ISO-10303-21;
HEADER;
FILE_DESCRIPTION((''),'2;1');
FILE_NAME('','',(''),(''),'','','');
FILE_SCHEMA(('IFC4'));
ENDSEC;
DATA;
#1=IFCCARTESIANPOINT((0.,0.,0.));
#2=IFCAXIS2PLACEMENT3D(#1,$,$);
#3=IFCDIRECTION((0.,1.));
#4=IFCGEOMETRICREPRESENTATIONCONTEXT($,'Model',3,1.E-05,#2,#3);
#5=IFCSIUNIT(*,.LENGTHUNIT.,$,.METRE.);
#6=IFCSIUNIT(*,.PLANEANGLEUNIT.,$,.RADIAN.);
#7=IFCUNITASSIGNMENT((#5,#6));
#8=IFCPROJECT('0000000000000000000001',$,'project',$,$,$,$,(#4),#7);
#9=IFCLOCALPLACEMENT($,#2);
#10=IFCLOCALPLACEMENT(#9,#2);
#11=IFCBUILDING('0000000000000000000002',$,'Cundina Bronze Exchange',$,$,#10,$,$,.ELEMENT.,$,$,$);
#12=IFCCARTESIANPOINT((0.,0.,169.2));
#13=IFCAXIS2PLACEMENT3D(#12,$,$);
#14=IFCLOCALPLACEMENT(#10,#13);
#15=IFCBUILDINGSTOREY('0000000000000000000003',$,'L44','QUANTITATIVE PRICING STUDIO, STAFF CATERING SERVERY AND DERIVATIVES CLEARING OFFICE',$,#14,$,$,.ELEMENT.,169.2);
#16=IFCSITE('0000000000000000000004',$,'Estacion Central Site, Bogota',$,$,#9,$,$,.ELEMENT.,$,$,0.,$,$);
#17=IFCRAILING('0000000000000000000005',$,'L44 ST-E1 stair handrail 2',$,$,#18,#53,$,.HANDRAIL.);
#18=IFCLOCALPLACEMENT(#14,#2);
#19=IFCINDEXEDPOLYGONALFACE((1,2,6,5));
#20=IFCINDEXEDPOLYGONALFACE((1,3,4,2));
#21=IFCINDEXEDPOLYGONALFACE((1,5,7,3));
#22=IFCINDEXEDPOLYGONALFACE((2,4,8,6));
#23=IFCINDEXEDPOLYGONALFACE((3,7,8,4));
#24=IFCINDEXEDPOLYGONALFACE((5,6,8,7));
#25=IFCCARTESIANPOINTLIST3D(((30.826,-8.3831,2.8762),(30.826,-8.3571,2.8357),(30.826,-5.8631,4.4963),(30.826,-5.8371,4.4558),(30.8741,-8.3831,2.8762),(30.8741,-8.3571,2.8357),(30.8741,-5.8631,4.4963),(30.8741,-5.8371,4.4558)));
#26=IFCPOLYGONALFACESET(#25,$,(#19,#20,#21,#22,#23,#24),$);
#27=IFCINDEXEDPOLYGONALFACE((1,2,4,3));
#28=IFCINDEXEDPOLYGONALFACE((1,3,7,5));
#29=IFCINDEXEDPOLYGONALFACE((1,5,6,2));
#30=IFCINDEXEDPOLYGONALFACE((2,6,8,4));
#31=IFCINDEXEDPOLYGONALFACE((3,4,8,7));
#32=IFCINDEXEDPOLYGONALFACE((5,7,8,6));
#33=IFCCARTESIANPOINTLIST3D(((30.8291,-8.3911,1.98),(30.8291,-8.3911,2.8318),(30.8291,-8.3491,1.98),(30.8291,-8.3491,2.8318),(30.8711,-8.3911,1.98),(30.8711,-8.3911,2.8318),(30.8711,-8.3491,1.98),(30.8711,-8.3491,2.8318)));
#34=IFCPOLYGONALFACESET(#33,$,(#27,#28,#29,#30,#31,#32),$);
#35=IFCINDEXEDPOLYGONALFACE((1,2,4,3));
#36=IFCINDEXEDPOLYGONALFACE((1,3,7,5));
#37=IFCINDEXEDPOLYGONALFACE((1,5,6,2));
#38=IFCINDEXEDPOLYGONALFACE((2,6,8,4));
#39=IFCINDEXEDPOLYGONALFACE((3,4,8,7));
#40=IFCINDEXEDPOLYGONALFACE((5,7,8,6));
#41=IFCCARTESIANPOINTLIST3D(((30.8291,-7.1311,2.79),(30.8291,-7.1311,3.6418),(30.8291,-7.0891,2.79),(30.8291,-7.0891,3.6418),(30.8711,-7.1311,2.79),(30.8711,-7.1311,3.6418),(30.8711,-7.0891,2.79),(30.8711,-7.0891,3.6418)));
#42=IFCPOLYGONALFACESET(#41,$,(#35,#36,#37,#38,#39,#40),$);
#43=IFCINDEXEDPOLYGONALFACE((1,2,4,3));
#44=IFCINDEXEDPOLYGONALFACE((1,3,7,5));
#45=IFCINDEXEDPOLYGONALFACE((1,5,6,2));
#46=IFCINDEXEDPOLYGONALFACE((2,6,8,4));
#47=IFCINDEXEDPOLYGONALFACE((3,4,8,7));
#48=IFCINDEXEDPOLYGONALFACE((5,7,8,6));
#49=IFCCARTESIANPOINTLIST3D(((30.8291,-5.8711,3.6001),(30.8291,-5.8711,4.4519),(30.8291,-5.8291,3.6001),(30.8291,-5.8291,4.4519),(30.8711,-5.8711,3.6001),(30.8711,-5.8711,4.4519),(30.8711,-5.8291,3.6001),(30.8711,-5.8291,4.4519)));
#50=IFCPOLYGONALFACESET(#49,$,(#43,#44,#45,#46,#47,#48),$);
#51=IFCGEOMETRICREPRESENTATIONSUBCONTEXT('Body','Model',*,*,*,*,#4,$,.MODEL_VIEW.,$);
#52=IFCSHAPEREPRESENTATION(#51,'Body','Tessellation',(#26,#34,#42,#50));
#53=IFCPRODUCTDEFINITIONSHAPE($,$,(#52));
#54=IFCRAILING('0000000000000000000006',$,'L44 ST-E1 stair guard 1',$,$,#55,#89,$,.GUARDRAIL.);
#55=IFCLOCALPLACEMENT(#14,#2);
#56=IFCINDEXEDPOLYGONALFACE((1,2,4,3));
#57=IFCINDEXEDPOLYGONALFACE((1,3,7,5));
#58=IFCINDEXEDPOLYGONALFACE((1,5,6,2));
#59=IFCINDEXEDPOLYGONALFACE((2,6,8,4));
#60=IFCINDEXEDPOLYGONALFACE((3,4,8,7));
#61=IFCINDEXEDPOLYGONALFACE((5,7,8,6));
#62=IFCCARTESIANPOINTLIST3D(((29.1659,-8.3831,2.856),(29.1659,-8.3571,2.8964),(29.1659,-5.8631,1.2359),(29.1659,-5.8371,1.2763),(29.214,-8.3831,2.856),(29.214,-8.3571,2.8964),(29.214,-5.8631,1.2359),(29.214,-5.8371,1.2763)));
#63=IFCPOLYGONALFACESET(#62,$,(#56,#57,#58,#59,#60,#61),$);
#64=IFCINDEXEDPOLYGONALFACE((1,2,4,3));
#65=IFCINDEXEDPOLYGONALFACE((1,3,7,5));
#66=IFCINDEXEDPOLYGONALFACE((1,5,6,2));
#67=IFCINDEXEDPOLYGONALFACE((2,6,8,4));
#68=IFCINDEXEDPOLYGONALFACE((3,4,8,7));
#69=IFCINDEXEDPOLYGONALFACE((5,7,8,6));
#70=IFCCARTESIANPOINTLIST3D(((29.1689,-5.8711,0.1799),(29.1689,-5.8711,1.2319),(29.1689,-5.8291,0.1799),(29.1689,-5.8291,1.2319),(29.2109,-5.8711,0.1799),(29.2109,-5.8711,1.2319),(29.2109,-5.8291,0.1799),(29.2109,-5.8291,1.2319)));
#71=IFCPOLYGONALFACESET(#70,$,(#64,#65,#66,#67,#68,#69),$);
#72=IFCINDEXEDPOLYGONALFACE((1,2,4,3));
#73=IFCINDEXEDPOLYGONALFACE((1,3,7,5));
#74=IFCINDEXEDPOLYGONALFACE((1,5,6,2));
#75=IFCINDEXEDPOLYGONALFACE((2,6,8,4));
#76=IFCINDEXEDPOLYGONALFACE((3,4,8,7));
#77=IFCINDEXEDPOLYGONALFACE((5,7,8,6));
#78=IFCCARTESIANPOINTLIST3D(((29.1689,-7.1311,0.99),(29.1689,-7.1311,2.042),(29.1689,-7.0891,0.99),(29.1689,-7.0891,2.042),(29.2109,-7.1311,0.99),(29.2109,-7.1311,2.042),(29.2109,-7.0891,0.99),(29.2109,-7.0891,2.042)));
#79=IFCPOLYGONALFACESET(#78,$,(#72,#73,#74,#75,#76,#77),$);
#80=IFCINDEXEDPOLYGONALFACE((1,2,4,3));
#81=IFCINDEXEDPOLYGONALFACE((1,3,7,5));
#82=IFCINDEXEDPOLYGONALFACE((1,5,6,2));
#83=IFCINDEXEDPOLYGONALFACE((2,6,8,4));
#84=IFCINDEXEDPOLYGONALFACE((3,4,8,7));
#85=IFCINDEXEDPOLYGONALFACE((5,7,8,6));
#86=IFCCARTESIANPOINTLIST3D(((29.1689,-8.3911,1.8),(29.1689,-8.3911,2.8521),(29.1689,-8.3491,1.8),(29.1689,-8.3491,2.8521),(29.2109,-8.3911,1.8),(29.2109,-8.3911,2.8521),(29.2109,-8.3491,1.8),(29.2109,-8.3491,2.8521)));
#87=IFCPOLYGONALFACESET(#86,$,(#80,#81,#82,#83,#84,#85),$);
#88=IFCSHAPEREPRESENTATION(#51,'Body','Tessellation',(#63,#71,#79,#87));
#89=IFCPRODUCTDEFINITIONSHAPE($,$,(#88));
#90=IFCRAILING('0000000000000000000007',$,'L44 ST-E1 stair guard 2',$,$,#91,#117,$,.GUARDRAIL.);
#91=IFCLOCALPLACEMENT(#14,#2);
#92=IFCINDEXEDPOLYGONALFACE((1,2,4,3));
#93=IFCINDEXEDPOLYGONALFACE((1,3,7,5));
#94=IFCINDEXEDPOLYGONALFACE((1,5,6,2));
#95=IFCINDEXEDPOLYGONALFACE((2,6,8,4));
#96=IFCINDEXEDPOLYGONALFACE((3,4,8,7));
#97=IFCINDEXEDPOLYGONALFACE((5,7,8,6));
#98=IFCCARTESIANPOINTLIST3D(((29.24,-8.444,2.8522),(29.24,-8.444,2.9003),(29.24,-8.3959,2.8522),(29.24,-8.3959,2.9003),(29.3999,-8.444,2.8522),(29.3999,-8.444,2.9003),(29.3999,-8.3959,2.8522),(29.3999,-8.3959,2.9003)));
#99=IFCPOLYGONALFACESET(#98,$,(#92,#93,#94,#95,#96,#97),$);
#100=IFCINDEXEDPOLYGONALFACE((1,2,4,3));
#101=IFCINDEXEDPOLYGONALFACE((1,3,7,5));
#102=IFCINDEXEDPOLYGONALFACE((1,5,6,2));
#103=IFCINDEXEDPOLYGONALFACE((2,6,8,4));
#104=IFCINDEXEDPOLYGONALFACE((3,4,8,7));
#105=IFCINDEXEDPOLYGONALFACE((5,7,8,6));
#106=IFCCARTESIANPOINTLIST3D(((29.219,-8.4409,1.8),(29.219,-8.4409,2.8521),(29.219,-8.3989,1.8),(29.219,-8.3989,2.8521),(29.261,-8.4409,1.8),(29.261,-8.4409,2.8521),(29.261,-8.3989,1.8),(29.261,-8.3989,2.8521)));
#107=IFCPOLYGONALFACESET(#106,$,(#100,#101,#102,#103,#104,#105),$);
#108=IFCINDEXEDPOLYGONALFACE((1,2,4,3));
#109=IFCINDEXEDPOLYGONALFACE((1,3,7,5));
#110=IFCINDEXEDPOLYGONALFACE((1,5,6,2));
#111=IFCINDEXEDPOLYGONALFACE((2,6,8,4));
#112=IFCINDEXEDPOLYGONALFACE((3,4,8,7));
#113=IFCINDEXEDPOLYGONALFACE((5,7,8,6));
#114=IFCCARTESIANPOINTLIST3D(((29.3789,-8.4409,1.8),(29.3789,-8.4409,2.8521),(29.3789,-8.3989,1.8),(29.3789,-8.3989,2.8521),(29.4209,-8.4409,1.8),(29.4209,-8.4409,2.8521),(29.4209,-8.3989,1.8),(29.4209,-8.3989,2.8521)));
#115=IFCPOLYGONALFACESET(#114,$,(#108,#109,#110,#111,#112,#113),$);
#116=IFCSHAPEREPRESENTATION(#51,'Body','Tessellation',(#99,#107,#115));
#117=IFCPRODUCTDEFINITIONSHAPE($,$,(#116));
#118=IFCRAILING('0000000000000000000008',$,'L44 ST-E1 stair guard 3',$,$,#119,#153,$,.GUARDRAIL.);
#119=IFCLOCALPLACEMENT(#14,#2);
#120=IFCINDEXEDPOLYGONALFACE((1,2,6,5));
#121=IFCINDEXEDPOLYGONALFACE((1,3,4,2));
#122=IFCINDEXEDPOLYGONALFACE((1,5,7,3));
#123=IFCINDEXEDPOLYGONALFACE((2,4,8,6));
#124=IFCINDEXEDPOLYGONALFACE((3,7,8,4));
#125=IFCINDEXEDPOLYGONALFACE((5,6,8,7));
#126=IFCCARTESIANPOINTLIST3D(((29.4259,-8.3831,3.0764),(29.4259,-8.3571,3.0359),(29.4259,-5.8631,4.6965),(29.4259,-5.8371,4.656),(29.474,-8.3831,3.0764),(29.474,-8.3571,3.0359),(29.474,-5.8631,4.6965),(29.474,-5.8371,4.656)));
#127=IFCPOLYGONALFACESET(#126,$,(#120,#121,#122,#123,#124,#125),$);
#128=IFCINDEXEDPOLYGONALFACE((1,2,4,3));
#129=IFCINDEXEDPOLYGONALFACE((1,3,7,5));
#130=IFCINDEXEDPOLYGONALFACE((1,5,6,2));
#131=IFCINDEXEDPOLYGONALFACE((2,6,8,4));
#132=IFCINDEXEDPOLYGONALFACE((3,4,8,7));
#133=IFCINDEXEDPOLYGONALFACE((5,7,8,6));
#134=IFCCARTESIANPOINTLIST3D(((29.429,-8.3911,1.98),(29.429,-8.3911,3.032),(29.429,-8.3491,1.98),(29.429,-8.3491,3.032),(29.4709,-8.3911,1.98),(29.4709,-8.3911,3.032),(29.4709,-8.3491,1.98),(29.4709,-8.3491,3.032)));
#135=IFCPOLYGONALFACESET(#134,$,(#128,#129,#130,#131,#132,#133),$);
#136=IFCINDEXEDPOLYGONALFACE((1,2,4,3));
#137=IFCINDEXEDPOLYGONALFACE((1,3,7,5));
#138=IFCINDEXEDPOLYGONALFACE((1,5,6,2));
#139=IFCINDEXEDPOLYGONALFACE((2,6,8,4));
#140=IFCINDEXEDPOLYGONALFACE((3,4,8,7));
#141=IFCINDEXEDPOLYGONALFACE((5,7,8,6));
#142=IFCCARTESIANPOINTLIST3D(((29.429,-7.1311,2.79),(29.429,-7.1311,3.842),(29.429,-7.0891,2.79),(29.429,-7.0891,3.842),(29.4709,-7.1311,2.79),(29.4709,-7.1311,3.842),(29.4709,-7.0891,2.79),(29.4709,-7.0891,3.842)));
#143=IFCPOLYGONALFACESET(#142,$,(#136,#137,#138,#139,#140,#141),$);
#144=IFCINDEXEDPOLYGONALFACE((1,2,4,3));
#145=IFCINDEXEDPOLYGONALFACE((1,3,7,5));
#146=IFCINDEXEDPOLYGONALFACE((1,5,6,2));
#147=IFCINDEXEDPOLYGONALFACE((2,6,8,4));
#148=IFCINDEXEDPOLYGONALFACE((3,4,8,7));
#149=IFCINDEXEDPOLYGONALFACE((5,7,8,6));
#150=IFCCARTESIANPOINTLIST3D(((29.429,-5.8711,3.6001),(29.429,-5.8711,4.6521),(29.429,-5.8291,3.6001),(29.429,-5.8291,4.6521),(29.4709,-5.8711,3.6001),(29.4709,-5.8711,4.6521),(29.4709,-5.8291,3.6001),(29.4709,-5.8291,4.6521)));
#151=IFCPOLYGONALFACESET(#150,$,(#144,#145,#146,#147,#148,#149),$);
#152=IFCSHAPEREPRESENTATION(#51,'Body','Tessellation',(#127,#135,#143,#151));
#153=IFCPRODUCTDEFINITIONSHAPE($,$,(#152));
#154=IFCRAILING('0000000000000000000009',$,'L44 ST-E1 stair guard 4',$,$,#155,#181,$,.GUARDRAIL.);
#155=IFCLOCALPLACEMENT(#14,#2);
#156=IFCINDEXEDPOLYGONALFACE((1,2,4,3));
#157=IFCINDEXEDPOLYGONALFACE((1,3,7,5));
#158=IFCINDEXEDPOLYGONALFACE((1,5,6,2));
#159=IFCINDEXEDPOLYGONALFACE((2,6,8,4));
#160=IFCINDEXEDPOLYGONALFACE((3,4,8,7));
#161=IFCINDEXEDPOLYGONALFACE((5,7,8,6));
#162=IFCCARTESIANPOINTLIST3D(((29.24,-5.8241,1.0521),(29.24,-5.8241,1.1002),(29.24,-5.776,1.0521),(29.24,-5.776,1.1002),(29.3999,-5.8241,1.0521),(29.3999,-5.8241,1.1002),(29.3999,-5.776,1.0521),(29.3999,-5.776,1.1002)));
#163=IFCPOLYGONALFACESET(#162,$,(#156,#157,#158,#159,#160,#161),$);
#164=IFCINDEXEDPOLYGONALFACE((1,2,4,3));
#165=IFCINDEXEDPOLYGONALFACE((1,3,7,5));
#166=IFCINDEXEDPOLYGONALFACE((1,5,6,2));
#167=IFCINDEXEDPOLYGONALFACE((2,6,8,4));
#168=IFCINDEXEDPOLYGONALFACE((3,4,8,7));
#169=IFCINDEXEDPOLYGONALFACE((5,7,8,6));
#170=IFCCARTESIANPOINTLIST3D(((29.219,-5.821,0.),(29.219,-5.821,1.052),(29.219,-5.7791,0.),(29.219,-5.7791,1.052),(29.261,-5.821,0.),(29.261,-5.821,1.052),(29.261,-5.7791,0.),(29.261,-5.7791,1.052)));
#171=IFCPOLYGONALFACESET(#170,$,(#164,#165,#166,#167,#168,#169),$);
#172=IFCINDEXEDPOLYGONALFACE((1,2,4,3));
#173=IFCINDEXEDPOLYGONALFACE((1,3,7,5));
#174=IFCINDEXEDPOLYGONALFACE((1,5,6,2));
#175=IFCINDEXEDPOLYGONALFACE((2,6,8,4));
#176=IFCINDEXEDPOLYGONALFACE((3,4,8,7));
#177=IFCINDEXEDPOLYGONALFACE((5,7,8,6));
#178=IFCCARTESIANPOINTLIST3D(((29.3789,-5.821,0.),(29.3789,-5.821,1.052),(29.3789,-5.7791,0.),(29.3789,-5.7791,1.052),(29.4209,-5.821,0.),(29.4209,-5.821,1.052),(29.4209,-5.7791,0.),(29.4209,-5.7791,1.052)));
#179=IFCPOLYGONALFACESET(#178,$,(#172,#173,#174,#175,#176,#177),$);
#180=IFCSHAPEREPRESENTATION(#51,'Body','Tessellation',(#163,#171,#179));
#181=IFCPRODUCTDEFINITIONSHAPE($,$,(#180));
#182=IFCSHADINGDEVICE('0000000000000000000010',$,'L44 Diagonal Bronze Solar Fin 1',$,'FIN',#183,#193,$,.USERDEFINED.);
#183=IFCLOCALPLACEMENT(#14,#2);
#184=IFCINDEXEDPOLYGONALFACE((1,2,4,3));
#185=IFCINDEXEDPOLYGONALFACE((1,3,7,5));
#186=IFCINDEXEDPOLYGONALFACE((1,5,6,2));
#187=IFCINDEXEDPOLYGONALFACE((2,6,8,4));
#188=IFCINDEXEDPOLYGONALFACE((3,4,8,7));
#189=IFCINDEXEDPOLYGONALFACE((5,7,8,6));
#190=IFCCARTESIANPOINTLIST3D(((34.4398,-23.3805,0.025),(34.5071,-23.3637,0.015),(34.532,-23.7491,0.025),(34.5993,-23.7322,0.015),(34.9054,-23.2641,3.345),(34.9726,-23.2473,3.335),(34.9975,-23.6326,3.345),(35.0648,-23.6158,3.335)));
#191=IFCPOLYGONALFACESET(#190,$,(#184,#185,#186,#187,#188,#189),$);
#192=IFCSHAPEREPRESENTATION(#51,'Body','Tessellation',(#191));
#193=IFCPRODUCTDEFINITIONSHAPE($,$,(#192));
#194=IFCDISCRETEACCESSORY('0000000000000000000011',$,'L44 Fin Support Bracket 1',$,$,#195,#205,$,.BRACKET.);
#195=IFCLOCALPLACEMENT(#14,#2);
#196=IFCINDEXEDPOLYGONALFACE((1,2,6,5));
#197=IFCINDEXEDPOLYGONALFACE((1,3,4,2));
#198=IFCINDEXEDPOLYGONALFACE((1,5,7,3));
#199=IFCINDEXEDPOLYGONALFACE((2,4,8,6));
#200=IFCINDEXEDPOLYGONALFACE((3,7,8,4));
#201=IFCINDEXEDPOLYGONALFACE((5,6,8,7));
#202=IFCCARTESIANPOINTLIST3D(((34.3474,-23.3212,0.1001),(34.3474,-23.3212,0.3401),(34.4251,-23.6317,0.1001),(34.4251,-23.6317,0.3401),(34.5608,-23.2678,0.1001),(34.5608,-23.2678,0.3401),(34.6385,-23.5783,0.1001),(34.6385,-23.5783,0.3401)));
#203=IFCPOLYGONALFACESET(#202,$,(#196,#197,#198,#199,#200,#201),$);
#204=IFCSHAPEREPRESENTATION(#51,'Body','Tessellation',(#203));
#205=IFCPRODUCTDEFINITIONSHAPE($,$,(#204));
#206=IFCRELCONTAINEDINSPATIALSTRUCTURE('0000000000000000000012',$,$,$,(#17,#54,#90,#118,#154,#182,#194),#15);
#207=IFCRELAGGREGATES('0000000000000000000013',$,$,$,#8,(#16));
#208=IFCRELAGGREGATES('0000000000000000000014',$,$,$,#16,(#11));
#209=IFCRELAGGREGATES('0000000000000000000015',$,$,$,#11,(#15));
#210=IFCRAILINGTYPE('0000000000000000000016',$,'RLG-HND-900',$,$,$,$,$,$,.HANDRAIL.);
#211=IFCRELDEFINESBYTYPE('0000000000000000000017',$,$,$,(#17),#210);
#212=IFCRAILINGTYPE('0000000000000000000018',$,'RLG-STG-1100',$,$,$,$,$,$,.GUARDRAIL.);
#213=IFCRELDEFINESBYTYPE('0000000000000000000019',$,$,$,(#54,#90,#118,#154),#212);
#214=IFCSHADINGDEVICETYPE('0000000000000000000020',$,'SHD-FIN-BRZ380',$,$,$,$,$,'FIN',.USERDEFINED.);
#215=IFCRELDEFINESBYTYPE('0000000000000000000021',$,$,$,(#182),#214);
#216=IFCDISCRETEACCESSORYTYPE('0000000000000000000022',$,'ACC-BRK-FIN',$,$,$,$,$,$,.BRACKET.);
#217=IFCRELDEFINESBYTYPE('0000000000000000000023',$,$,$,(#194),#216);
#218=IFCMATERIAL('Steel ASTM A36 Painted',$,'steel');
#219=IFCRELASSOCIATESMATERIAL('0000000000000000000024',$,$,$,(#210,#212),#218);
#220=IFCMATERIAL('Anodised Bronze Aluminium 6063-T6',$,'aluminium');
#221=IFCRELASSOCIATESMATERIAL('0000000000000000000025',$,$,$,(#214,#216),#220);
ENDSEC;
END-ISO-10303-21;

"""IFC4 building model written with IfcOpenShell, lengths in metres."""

from ifc_helpers import new_model, si_unit, direction, frame, origin, origin_2d, place, context, subcontext, project, spatial, rectangle, extrude, material, material_profile, profile_set, type_object, element, save


model = new_model("IFC4")

# Units and contexts
model_context = context("Model", 3, precision=1e-05, world=origin(), true_north=direction((0.0, 1.0)))
body_context = subcontext(model_context, "Body", "Model", "MODEL_VIEW")
ifc_project = project(units=[si_unit("LENGTHUNIT", "METRE"), si_unit("PLANEANGLEUNIT", "RADIAN")], contexts=[model_context])

# Site, building, storey
site_placement = place(None, origin())
site = spatial("IfcSite", under=ifc_project, at=site_placement, Name="Estacion Central Site, Bogota", CompositionType="ELEMENT", RefElevation=0.0)
building_placement = place(site_placement, origin())
building = spatial("IfcBuilding", under=site, at=building_placement, Name="Cundina Bronze Exchange", CompositionType="ELEMENT")
storey_placement = place(building_placement, frame((0.0, 0.0, 169.2)))
storey = spatial("IfcBuildingStorey", under=building, at=storey_placement, Name="L44", Description="QUANTITATIVE PRICING STUDIO, STAFF CATERING SERVERY AND DERIVATIVES CLEARING OFFICE", CompositionType="ELEMENT", Elevation=169.2)

# Shared definitions
ifc_material_1 = material(Name="Anodised Bronze Aluminium 6063-T6", Category="aluminium")

# Railings
ifc_material_2 = material(Name="Steel ASTM A36 Painted", Category="steel")
railing_type_1 = type_object("IfcRailingType", Name="RLG-HND-900", PredefinedType="HANDRAIL", material=ifc_material_2)
railing_1_placement = place(storey_placement, frame((30.8501, -8.3701, 1.98)))
element("IfcRailing", 1, at=railing_1_placement, inside=storey, type_object=railing_type_1, Name="L44 ST-E1 stair handrail 2", PredefinedType="HANDRAIL", context=body_context, shape_type="SweptSolid", body=[
    extrude(rectangle(XDim=0.0481, YDim=0.0481, at=origin_2d()), frame((0.0, 0.0, 0.876), z_axis=(0.0, 0.841163, 0.540782), x_axis=(-1.0, 0.0, 0.0)), (0.0, 0.0, 1.0), 2.9958),
    extrude(rectangle(XDim=0.042, YDim=0.042, at=origin_2d()), origin(), (0.0, 0.0, 1.0), 0.8518),
    extrude(rectangle(XDim=0.042, YDim=0.042, at=origin_2d()), frame((0.0, 1.26, 0.8101)), (0.0, 0.0, 1.0), 0.8518),
    extrude(rectangle(XDim=0.042, YDim=0.042, at=origin_2d()), frame((0.0, 2.52, 1.6201)), (0.0, 0.0, 1.0), 0.8518),
])
railing_type_2 = type_object("IfcRailingType", Name="RLG-STG-1100", PredefinedType="GUARDRAIL", material=ifc_material_2)
railing_2_placement = place(storey_placement, frame((29.1899, -5.8501, 0.1799)))
element("IfcRailing", 2, at=railing_2_placement, inside=storey, type_object=railing_type_2, Name="L44 ST-E1 stair guard 1", PredefinedType="GUARDRAIL", context=body_context, shape_type="SweptSolid", body=[
    extrude(rectangle(XDim=0.0481, YDim=0.0481, at=origin_2d()), frame((0.0, 0.0, 1.0762), z_axis=(0.0, -0.841163, 0.540782), x_axis=(1.0, 0.0, 0.0)), (0.0, 0.0, 1.0), 2.9958),
    extrude(rectangle(XDim=0.042, YDim=0.042, at=origin_2d()), origin(), (0.0, 0.0, 1.0), 1.052),
    extrude(rectangle(XDim=0.042, YDim=0.042, at=origin_2d()), frame((0.0, -1.26, 0.8101)), (0.0, 0.0, 1.0), 1.052),
    extrude(rectangle(XDim=0.042, YDim=0.042, at=origin_2d()), frame((0.0, -2.52, 1.6201)), (0.0, 0.0, 1.0), 1.052),
])
railing_3_placement = place(storey_placement, frame((29.24, -8.4199, 1.8)))
element("IfcRailing", 3, at=railing_3_placement, inside=storey, type_object=railing_type_2, Name="L44 ST-E1 stair guard 2", PredefinedType="GUARDRAIL", context=body_context, shape_type="SweptSolid", body=[
    extrude(rectangle(XDim=0.0481, YDim=0.0481, at=origin_2d()), frame((0.0, 0.0, 1.0762), z_axis=(1.0, 0.0, 0.0), x_axis=(0.0, 1.0, 0.0)), (0.0, 0.0, 1.0), 0.1599),
    extrude(rectangle(XDim=0.042, YDim=0.042, at=origin_2d()), origin(), (0.0, 0.0, 1.0), 1.052),
    extrude(rectangle(XDim=0.042, YDim=0.042, at=origin_2d()), frame((0.1599, 0.0, 0.0)), (0.0, 0.0, 1.0), 1.052),
])
railing_4_placement = place(storey_placement, frame((29.45, -8.3701, 1.98)))
element("IfcRailing", 4, at=railing_4_placement, inside=storey, type_object=railing_type_2, Name="L44 ST-E1 stair guard 3", PredefinedType="GUARDRAIL", context=body_context, shape_type="SweptSolid", body=[
    extrude(rectangle(XDim=0.0481, YDim=0.0481, at=origin_2d()), frame((0.0, 0.0, 1.0762), z_axis=(0.0, 0.841163, 0.540782), x_axis=(-1.0, 0.0, 0.0)), (0.0, 0.0, 1.0), 2.9958),
    extrude(rectangle(XDim=0.042, YDim=0.042, at=origin_2d()), origin(), (0.0, 0.0, 1.0), 1.052),
    extrude(rectangle(XDim=0.042, YDim=0.042, at=origin_2d()), frame((0.0, 1.26, 0.8101)), (0.0, 0.0, 1.0), 1.052),
    extrude(rectangle(XDim=0.042, YDim=0.042, at=origin_2d()), frame((0.0, 2.52, 1.6201)), (0.0, 0.0, 1.0), 1.052),
])
railing_5_placement = place(storey_placement, frame((29.24, -5.8, 0.0)))
element("IfcRailing", 5, at=railing_5_placement, inside=storey, type_object=railing_type_2, Name="L44 ST-E1 stair guard 4", PredefinedType="GUARDRAIL", context=body_context, shape_type="SweptSolid", body=[
    extrude(rectangle(XDim=0.0481, YDim=0.0481, at=origin_2d()), frame((0.0, 0.0, 1.0762), z_axis=(1.0, 0.0, 0.0), x_axis=(0.0, 1.0, 0.0)), (0.0, 0.0, 1.0), 0.1599),
    extrude(rectangle(XDim=0.042, YDim=0.042, at=origin_2d()), origin(), (0.0, 0.0, 1.0), 1.052),
    extrude(rectangle(XDim=0.042, YDim=0.042, at=origin_2d()), frame((0.1599, 0.0, 0.0)), (0.0, 0.0, 1.0), 1.052),
])

# Shading device
ifc_material_profile_1 = material_profile(ifc_material_1, rectangle(XDim=0.0701, YDim=0.3799, at=origin_2d()), Name="FIN70X380", Category="aluminium")
ifc_profile_set_1 = profile_set([ifc_material_profile_1], Name="Anodised Bronze Aluminium 6063-T6")
shading_device_type = type_object("IfcShadingDeviceType", Name="SHD-FIN-BRZ380", ElementType="FIN", PredefinedType="USERDEFINED", material=ifc_profile_set_1)
shading_device_placement = place(storey_placement, frame((34.5195, -23.5564, 0.02), z_axis=(0.138788, 0.034715, 0.989713), x_axis=(-0.960133, -0.240159, 0.143064)))
element("IfcShadingDevice", 6, at=shading_device_placement, inside=storey, type_object=shading_device_type, Name="L44 Diagonal Bronze Solar Fin 1", ObjectType="FIN", PredefinedType="USERDEFINED", context=body_context, shape_type="SweptSolid", body=[
    extrude(rectangle(XDim=0.0701, YDim=0.3799, at=origin_2d()), origin(), (0.0, 0.0, 1.0), 3.3545),
])

# Discrete accessory
discrete_accessory_type = type_object("IfcDiscreteAccessoryType", Name="ACC-BRK-FIN", PredefinedType="BRACKET", material=ifc_material_1)
discrete_accessory_placement = place(storey_placement, frame((34.4929, -23.4497, 0.1001), z_axis=(0.0, 0.0, 1.0), x_axis=(0.970093, 0.242735, 0.0)))
element("IfcDiscreteAccessory", 7, at=discrete_accessory_placement, inside=storey, type_object=discrete_accessory_type, Name="L44 Fin Support Bracket 1", PredefinedType="BRACKET", context=body_context, shape_type="SweptSolid", body=[
    extrude(rectangle(XDim=0.22, YDim=0.3201, at=origin_2d()), origin(), (0.0, 0.0, 1.0), 0.24),
])

save(model, "model.ifc")
